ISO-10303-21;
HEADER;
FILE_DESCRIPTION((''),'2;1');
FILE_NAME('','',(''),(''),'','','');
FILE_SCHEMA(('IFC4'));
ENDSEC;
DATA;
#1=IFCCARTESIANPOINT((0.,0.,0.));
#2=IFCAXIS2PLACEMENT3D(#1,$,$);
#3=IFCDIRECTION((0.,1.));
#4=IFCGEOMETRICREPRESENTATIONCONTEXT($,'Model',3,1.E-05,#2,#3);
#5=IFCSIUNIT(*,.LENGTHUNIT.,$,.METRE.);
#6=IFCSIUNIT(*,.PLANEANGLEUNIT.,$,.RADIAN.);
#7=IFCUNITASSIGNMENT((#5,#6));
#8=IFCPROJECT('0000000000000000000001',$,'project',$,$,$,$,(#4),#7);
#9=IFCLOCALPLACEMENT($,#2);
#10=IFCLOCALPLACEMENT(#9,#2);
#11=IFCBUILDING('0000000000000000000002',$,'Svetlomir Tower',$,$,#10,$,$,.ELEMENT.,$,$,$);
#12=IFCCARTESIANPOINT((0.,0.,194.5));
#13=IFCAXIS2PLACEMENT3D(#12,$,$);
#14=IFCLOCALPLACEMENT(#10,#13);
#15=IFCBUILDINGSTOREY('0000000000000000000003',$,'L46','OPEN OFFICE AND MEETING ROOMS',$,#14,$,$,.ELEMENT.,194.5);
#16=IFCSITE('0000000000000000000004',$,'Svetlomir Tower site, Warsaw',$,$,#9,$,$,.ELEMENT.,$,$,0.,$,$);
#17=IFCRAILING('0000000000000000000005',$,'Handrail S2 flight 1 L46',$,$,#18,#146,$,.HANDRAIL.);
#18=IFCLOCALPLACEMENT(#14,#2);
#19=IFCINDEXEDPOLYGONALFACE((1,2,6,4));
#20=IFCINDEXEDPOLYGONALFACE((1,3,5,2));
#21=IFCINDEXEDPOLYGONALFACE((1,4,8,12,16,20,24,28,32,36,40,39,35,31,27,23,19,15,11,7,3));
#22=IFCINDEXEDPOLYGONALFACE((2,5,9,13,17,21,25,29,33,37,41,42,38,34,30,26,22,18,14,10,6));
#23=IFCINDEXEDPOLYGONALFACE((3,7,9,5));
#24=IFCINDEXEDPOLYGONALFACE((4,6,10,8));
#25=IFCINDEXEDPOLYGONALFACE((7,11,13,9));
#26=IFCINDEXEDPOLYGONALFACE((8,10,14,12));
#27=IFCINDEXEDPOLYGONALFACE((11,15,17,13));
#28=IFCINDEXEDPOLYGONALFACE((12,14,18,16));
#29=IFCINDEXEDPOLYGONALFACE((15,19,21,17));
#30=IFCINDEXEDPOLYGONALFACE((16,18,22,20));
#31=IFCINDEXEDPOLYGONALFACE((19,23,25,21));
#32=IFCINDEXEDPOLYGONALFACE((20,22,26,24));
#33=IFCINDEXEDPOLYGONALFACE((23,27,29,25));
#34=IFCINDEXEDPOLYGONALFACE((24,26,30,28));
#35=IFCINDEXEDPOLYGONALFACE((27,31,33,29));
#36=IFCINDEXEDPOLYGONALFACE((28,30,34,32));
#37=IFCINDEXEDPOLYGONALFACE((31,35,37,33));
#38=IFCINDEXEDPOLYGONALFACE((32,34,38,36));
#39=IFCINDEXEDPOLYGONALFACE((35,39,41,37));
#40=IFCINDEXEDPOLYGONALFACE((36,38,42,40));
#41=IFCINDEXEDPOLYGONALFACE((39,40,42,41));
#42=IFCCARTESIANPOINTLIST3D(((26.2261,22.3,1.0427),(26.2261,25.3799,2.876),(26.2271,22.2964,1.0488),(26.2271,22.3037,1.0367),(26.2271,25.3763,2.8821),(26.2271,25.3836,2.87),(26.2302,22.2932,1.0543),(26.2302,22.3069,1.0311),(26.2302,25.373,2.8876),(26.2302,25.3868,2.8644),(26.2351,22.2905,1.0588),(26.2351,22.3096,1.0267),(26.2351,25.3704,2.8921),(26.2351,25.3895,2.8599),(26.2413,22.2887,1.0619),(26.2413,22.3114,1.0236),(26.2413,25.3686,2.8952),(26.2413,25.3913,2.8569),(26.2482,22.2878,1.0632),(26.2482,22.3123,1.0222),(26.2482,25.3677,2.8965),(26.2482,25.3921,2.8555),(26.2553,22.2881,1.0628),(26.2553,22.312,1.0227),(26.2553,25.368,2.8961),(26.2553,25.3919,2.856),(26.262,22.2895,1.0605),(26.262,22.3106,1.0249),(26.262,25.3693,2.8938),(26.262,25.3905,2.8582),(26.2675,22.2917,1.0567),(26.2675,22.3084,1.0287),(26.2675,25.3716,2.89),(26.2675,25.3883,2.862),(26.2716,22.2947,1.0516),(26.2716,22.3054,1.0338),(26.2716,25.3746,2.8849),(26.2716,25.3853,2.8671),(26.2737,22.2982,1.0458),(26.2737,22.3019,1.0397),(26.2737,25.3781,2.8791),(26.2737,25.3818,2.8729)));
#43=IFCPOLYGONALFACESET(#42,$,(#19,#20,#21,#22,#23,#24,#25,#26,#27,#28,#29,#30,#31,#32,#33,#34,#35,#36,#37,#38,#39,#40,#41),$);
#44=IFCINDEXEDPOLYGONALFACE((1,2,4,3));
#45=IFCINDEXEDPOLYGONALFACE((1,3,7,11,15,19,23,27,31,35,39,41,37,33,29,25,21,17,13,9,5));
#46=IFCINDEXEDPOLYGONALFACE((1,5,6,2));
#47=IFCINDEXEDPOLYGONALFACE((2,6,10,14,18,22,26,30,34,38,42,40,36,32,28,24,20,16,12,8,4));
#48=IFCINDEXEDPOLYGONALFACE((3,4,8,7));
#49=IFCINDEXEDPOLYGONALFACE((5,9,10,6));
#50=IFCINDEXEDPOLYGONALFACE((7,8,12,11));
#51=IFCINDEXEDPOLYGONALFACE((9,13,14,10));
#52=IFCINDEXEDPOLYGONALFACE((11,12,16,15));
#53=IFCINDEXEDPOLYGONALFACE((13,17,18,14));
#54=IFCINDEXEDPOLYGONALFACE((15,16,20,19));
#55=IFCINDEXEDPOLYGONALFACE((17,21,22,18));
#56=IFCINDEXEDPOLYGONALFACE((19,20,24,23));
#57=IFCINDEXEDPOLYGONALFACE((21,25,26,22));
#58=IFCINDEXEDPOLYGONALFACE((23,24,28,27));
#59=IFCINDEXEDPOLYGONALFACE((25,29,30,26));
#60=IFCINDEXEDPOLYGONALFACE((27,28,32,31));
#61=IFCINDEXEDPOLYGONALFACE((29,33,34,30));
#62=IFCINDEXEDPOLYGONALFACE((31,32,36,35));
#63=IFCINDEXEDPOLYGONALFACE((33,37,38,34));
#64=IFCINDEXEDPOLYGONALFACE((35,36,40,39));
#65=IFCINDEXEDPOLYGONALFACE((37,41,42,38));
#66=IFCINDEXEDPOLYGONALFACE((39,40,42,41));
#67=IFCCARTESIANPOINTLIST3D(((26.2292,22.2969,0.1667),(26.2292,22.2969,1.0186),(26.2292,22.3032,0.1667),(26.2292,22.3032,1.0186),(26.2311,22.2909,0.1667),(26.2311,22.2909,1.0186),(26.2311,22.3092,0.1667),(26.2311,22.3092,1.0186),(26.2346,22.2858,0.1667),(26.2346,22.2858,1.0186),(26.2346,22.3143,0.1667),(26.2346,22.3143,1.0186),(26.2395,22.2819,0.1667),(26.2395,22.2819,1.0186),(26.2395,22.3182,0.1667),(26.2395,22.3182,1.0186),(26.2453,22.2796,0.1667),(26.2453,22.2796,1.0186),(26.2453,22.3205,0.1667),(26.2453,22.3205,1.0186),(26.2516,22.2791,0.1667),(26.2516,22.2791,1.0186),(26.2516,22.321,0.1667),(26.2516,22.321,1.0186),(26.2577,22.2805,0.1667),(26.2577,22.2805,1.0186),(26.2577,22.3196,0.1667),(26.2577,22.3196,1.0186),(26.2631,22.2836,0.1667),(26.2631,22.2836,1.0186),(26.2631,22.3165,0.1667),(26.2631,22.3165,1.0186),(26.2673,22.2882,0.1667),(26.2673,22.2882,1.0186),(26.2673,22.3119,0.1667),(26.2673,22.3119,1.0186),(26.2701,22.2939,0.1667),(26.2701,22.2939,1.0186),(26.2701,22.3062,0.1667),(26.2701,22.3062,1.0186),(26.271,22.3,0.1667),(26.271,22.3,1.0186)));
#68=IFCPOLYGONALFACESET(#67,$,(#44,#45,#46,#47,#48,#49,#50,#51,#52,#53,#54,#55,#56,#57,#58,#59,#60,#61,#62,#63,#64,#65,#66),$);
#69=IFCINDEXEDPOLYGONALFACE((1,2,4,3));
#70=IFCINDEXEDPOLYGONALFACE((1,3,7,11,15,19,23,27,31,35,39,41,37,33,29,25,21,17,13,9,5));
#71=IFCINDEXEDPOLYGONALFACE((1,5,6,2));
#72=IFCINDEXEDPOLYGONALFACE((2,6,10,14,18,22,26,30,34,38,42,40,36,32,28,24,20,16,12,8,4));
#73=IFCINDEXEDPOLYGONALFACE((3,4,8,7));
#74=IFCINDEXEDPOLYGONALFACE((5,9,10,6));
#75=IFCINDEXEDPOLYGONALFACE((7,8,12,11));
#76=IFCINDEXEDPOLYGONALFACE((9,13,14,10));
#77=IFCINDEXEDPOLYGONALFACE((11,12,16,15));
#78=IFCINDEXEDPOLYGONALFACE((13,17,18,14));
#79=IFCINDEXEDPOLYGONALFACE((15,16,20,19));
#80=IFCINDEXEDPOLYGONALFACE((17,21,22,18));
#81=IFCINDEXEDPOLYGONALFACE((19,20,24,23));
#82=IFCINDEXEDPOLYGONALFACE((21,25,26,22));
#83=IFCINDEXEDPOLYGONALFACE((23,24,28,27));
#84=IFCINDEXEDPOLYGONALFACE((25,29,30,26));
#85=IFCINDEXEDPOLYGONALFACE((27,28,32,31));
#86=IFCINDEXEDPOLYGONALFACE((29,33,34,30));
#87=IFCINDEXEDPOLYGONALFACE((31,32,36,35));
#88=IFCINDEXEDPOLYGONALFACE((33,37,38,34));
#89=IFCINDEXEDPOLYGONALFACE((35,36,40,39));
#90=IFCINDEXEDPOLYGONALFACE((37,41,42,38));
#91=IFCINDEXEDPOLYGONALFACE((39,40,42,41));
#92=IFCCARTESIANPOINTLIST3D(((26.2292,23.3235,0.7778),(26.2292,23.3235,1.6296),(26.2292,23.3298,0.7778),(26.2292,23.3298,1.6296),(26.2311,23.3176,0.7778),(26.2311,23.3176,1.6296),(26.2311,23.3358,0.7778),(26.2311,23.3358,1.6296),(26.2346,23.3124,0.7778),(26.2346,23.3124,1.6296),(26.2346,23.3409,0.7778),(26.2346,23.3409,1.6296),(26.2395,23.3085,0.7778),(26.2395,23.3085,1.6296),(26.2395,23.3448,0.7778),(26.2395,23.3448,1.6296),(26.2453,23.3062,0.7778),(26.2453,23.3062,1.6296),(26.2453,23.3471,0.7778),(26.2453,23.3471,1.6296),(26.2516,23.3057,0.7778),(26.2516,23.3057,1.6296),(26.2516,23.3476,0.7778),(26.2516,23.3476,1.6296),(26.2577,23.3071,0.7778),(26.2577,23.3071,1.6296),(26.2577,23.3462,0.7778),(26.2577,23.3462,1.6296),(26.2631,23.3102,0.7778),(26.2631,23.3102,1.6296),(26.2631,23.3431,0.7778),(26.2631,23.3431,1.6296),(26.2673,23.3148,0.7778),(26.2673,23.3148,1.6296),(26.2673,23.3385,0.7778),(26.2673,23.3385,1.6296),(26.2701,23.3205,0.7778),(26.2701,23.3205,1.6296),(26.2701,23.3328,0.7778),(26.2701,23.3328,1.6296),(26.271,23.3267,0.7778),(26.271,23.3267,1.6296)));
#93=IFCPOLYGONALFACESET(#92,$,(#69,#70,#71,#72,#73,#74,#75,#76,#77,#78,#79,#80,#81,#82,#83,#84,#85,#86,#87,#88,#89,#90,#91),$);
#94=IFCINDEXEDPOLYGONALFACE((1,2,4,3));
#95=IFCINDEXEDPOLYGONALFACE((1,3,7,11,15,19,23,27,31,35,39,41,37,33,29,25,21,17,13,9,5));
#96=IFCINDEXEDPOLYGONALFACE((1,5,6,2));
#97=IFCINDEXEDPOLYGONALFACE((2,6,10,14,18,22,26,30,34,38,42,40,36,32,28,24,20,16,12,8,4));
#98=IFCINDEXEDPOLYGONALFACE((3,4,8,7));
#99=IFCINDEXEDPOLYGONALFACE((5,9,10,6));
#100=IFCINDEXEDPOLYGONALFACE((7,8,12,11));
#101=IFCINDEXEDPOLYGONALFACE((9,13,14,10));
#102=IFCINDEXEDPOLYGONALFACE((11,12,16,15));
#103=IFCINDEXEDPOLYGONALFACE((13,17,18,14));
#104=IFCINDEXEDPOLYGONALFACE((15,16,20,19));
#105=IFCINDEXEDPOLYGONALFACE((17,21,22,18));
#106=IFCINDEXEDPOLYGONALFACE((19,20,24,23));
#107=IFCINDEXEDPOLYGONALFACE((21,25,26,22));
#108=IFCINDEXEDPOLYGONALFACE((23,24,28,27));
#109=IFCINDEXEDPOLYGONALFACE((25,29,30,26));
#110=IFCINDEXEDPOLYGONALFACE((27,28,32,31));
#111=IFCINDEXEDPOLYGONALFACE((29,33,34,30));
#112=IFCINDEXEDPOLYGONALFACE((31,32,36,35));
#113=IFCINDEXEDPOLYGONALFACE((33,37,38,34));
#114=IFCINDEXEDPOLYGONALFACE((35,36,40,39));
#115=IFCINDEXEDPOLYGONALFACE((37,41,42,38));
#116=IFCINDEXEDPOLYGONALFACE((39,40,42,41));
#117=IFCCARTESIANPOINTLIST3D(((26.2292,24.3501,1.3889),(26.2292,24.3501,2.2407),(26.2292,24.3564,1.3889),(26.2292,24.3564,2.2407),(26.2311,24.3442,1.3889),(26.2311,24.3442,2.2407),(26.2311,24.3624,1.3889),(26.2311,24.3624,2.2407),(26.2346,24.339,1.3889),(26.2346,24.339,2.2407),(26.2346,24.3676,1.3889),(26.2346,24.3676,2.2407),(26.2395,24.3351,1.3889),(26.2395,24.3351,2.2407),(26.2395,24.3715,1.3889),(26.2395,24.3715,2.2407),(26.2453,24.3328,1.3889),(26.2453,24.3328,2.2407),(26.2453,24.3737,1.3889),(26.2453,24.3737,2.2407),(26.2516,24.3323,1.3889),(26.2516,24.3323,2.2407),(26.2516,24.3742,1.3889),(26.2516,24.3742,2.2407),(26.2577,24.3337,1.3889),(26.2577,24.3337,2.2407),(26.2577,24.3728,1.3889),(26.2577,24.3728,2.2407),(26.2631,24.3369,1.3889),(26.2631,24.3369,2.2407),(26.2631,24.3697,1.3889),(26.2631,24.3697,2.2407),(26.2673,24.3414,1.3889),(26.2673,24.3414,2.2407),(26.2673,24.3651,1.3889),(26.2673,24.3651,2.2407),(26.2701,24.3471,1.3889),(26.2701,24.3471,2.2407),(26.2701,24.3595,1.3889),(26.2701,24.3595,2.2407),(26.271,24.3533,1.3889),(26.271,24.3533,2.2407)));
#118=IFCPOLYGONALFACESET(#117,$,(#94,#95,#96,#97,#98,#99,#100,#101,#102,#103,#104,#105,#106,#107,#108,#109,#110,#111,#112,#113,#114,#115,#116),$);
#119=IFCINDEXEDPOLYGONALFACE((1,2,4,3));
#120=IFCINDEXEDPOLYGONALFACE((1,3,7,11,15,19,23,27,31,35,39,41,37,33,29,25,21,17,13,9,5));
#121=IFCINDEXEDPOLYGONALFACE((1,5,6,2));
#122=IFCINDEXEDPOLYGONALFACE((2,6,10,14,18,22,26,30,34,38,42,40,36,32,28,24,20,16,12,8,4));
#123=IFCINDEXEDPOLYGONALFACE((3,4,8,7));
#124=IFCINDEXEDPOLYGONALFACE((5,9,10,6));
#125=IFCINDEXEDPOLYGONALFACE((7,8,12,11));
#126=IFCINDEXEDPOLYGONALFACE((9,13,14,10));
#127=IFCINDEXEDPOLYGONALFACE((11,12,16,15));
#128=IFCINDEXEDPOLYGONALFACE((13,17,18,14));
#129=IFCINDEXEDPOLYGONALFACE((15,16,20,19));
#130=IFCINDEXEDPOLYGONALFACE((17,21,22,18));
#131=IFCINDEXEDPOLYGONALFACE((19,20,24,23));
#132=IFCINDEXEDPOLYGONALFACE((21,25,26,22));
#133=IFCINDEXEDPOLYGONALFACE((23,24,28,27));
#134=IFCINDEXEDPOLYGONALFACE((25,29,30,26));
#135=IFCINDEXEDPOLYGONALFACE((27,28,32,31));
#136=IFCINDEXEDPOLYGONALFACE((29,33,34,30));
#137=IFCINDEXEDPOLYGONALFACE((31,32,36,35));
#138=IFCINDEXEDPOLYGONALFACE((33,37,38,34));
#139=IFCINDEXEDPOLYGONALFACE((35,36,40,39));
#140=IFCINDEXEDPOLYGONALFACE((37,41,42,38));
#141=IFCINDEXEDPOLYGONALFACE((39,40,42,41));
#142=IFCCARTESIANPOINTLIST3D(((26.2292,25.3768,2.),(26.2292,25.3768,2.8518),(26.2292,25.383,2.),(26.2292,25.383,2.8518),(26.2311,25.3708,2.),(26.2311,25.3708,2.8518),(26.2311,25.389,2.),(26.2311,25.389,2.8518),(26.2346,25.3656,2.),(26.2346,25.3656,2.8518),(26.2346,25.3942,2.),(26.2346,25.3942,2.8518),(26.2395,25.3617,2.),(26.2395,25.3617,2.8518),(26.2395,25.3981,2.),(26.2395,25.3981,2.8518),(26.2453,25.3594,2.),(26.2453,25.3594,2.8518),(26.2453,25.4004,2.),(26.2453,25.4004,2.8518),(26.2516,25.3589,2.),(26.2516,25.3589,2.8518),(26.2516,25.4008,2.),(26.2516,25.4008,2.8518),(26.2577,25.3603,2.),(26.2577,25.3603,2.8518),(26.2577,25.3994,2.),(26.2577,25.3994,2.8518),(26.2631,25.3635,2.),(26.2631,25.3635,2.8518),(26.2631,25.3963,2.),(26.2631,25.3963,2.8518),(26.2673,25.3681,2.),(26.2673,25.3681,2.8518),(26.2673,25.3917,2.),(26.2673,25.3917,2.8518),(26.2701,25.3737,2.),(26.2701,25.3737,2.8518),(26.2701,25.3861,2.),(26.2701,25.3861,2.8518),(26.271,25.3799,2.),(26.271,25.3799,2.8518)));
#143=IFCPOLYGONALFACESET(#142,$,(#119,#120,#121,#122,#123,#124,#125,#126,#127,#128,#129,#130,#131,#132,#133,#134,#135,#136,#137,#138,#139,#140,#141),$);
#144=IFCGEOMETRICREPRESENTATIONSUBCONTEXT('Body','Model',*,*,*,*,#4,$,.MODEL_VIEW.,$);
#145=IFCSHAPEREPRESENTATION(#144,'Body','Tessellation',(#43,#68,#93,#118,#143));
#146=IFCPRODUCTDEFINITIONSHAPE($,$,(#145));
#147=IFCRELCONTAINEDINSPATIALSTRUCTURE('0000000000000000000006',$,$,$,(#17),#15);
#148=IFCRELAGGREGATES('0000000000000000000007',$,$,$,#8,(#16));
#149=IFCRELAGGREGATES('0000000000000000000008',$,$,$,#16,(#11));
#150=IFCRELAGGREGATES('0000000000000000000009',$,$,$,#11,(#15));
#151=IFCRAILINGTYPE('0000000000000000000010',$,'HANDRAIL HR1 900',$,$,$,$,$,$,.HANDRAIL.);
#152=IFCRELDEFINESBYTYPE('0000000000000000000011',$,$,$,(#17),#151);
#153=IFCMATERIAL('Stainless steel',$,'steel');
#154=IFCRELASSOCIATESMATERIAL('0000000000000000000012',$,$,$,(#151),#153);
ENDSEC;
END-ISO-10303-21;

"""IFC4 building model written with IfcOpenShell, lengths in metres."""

from ifc_helpers import new_model, si_unit, direction, frame, origin, origin_2d, place, context, subcontext, project, spatial, circle, extrude, material, type_object, element, save


model = new_model("IFC4")

# Units and contexts
model_context = context("Model", 3, precision=1e-05, world=origin(), true_north=direction((0.0, 1.0)))
body_context = subcontext(model_context, "Body", "Model", "MODEL_VIEW")
ifc_project = project(units=[si_unit("LENGTHUNIT", "METRE"), si_unit("PLANEANGLEUNIT", "RADIAN")], contexts=[model_context])

# Site, building, storey
site_placement = place(None, origin())
site = spatial("IfcSite", under=ifc_project, at=site_placement, Name="Svetlomir Tower site, Warsaw", CompositionType="ELEMENT", RefElevation=0.0)
building_placement = place(site_placement, origin())
building = spatial("IfcBuilding", under=site, at=building_placement, Name="Svetlomir Tower", CompositionType="ELEMENT")
storey_placement = place(building_placement, frame((0.0, 0.0, 194.5)))
storey = spatial("IfcBuildingStorey", under=building, at=storey_placement, Name="L46", Description="OPEN OFFICE AND MEETING ROOMS", CompositionType="ELEMENT", Elevation=194.5)

# Railing
ifc_material_1 = material(Name="Stainless steel", Category="steel")
railing_type = type_object("IfcRailingType", Name="HANDRAIL HR1 900", PredefinedType="HANDRAIL", material=ifc_material_1)
railing_1_placement = place(storey_placement, frame((26.25, 22.3, 0.1667)))
element("IfcRailing", 1, at=railing_1_placement, inside=storey, type_object=railing_type, Name="Handrail S2 flight 1 L46", PredefinedType="HANDRAIL", context=body_context, shape_type="SweptSolid", body=[
    extrude(circle(Radius=0.0239, at=origin_2d()), frame((0.0, 0.0, 0.876), z_axis=(0.0, 0.859291, 0.511487), x_axis=(-1.0, 0.0, 0.0)), (0.0, 0.0, 1.0), 3.5842),
    extrude(circle(Radius=0.021, at=origin_2d()), origin(), (0.0, 0.0, 1.0), 0.8518),
    extrude(circle(Radius=0.021, at=origin_2d()), frame((0.0, 1.0266, 0.6111)), (0.0, 0.0, 1.0), 0.8518),
    extrude(circle(Radius=0.021, at=origin_2d()), frame((0.0, 2.0532, 1.2222)), (0.0, 0.0, 1.0), 0.8518),
    extrude(circle(Radius=0.021, at=origin_2d()), frame((0.0, 3.0798, 1.8333)), (0.0, 0.0, 1.0), 0.8518),
])

save(model, "model.ifc")
